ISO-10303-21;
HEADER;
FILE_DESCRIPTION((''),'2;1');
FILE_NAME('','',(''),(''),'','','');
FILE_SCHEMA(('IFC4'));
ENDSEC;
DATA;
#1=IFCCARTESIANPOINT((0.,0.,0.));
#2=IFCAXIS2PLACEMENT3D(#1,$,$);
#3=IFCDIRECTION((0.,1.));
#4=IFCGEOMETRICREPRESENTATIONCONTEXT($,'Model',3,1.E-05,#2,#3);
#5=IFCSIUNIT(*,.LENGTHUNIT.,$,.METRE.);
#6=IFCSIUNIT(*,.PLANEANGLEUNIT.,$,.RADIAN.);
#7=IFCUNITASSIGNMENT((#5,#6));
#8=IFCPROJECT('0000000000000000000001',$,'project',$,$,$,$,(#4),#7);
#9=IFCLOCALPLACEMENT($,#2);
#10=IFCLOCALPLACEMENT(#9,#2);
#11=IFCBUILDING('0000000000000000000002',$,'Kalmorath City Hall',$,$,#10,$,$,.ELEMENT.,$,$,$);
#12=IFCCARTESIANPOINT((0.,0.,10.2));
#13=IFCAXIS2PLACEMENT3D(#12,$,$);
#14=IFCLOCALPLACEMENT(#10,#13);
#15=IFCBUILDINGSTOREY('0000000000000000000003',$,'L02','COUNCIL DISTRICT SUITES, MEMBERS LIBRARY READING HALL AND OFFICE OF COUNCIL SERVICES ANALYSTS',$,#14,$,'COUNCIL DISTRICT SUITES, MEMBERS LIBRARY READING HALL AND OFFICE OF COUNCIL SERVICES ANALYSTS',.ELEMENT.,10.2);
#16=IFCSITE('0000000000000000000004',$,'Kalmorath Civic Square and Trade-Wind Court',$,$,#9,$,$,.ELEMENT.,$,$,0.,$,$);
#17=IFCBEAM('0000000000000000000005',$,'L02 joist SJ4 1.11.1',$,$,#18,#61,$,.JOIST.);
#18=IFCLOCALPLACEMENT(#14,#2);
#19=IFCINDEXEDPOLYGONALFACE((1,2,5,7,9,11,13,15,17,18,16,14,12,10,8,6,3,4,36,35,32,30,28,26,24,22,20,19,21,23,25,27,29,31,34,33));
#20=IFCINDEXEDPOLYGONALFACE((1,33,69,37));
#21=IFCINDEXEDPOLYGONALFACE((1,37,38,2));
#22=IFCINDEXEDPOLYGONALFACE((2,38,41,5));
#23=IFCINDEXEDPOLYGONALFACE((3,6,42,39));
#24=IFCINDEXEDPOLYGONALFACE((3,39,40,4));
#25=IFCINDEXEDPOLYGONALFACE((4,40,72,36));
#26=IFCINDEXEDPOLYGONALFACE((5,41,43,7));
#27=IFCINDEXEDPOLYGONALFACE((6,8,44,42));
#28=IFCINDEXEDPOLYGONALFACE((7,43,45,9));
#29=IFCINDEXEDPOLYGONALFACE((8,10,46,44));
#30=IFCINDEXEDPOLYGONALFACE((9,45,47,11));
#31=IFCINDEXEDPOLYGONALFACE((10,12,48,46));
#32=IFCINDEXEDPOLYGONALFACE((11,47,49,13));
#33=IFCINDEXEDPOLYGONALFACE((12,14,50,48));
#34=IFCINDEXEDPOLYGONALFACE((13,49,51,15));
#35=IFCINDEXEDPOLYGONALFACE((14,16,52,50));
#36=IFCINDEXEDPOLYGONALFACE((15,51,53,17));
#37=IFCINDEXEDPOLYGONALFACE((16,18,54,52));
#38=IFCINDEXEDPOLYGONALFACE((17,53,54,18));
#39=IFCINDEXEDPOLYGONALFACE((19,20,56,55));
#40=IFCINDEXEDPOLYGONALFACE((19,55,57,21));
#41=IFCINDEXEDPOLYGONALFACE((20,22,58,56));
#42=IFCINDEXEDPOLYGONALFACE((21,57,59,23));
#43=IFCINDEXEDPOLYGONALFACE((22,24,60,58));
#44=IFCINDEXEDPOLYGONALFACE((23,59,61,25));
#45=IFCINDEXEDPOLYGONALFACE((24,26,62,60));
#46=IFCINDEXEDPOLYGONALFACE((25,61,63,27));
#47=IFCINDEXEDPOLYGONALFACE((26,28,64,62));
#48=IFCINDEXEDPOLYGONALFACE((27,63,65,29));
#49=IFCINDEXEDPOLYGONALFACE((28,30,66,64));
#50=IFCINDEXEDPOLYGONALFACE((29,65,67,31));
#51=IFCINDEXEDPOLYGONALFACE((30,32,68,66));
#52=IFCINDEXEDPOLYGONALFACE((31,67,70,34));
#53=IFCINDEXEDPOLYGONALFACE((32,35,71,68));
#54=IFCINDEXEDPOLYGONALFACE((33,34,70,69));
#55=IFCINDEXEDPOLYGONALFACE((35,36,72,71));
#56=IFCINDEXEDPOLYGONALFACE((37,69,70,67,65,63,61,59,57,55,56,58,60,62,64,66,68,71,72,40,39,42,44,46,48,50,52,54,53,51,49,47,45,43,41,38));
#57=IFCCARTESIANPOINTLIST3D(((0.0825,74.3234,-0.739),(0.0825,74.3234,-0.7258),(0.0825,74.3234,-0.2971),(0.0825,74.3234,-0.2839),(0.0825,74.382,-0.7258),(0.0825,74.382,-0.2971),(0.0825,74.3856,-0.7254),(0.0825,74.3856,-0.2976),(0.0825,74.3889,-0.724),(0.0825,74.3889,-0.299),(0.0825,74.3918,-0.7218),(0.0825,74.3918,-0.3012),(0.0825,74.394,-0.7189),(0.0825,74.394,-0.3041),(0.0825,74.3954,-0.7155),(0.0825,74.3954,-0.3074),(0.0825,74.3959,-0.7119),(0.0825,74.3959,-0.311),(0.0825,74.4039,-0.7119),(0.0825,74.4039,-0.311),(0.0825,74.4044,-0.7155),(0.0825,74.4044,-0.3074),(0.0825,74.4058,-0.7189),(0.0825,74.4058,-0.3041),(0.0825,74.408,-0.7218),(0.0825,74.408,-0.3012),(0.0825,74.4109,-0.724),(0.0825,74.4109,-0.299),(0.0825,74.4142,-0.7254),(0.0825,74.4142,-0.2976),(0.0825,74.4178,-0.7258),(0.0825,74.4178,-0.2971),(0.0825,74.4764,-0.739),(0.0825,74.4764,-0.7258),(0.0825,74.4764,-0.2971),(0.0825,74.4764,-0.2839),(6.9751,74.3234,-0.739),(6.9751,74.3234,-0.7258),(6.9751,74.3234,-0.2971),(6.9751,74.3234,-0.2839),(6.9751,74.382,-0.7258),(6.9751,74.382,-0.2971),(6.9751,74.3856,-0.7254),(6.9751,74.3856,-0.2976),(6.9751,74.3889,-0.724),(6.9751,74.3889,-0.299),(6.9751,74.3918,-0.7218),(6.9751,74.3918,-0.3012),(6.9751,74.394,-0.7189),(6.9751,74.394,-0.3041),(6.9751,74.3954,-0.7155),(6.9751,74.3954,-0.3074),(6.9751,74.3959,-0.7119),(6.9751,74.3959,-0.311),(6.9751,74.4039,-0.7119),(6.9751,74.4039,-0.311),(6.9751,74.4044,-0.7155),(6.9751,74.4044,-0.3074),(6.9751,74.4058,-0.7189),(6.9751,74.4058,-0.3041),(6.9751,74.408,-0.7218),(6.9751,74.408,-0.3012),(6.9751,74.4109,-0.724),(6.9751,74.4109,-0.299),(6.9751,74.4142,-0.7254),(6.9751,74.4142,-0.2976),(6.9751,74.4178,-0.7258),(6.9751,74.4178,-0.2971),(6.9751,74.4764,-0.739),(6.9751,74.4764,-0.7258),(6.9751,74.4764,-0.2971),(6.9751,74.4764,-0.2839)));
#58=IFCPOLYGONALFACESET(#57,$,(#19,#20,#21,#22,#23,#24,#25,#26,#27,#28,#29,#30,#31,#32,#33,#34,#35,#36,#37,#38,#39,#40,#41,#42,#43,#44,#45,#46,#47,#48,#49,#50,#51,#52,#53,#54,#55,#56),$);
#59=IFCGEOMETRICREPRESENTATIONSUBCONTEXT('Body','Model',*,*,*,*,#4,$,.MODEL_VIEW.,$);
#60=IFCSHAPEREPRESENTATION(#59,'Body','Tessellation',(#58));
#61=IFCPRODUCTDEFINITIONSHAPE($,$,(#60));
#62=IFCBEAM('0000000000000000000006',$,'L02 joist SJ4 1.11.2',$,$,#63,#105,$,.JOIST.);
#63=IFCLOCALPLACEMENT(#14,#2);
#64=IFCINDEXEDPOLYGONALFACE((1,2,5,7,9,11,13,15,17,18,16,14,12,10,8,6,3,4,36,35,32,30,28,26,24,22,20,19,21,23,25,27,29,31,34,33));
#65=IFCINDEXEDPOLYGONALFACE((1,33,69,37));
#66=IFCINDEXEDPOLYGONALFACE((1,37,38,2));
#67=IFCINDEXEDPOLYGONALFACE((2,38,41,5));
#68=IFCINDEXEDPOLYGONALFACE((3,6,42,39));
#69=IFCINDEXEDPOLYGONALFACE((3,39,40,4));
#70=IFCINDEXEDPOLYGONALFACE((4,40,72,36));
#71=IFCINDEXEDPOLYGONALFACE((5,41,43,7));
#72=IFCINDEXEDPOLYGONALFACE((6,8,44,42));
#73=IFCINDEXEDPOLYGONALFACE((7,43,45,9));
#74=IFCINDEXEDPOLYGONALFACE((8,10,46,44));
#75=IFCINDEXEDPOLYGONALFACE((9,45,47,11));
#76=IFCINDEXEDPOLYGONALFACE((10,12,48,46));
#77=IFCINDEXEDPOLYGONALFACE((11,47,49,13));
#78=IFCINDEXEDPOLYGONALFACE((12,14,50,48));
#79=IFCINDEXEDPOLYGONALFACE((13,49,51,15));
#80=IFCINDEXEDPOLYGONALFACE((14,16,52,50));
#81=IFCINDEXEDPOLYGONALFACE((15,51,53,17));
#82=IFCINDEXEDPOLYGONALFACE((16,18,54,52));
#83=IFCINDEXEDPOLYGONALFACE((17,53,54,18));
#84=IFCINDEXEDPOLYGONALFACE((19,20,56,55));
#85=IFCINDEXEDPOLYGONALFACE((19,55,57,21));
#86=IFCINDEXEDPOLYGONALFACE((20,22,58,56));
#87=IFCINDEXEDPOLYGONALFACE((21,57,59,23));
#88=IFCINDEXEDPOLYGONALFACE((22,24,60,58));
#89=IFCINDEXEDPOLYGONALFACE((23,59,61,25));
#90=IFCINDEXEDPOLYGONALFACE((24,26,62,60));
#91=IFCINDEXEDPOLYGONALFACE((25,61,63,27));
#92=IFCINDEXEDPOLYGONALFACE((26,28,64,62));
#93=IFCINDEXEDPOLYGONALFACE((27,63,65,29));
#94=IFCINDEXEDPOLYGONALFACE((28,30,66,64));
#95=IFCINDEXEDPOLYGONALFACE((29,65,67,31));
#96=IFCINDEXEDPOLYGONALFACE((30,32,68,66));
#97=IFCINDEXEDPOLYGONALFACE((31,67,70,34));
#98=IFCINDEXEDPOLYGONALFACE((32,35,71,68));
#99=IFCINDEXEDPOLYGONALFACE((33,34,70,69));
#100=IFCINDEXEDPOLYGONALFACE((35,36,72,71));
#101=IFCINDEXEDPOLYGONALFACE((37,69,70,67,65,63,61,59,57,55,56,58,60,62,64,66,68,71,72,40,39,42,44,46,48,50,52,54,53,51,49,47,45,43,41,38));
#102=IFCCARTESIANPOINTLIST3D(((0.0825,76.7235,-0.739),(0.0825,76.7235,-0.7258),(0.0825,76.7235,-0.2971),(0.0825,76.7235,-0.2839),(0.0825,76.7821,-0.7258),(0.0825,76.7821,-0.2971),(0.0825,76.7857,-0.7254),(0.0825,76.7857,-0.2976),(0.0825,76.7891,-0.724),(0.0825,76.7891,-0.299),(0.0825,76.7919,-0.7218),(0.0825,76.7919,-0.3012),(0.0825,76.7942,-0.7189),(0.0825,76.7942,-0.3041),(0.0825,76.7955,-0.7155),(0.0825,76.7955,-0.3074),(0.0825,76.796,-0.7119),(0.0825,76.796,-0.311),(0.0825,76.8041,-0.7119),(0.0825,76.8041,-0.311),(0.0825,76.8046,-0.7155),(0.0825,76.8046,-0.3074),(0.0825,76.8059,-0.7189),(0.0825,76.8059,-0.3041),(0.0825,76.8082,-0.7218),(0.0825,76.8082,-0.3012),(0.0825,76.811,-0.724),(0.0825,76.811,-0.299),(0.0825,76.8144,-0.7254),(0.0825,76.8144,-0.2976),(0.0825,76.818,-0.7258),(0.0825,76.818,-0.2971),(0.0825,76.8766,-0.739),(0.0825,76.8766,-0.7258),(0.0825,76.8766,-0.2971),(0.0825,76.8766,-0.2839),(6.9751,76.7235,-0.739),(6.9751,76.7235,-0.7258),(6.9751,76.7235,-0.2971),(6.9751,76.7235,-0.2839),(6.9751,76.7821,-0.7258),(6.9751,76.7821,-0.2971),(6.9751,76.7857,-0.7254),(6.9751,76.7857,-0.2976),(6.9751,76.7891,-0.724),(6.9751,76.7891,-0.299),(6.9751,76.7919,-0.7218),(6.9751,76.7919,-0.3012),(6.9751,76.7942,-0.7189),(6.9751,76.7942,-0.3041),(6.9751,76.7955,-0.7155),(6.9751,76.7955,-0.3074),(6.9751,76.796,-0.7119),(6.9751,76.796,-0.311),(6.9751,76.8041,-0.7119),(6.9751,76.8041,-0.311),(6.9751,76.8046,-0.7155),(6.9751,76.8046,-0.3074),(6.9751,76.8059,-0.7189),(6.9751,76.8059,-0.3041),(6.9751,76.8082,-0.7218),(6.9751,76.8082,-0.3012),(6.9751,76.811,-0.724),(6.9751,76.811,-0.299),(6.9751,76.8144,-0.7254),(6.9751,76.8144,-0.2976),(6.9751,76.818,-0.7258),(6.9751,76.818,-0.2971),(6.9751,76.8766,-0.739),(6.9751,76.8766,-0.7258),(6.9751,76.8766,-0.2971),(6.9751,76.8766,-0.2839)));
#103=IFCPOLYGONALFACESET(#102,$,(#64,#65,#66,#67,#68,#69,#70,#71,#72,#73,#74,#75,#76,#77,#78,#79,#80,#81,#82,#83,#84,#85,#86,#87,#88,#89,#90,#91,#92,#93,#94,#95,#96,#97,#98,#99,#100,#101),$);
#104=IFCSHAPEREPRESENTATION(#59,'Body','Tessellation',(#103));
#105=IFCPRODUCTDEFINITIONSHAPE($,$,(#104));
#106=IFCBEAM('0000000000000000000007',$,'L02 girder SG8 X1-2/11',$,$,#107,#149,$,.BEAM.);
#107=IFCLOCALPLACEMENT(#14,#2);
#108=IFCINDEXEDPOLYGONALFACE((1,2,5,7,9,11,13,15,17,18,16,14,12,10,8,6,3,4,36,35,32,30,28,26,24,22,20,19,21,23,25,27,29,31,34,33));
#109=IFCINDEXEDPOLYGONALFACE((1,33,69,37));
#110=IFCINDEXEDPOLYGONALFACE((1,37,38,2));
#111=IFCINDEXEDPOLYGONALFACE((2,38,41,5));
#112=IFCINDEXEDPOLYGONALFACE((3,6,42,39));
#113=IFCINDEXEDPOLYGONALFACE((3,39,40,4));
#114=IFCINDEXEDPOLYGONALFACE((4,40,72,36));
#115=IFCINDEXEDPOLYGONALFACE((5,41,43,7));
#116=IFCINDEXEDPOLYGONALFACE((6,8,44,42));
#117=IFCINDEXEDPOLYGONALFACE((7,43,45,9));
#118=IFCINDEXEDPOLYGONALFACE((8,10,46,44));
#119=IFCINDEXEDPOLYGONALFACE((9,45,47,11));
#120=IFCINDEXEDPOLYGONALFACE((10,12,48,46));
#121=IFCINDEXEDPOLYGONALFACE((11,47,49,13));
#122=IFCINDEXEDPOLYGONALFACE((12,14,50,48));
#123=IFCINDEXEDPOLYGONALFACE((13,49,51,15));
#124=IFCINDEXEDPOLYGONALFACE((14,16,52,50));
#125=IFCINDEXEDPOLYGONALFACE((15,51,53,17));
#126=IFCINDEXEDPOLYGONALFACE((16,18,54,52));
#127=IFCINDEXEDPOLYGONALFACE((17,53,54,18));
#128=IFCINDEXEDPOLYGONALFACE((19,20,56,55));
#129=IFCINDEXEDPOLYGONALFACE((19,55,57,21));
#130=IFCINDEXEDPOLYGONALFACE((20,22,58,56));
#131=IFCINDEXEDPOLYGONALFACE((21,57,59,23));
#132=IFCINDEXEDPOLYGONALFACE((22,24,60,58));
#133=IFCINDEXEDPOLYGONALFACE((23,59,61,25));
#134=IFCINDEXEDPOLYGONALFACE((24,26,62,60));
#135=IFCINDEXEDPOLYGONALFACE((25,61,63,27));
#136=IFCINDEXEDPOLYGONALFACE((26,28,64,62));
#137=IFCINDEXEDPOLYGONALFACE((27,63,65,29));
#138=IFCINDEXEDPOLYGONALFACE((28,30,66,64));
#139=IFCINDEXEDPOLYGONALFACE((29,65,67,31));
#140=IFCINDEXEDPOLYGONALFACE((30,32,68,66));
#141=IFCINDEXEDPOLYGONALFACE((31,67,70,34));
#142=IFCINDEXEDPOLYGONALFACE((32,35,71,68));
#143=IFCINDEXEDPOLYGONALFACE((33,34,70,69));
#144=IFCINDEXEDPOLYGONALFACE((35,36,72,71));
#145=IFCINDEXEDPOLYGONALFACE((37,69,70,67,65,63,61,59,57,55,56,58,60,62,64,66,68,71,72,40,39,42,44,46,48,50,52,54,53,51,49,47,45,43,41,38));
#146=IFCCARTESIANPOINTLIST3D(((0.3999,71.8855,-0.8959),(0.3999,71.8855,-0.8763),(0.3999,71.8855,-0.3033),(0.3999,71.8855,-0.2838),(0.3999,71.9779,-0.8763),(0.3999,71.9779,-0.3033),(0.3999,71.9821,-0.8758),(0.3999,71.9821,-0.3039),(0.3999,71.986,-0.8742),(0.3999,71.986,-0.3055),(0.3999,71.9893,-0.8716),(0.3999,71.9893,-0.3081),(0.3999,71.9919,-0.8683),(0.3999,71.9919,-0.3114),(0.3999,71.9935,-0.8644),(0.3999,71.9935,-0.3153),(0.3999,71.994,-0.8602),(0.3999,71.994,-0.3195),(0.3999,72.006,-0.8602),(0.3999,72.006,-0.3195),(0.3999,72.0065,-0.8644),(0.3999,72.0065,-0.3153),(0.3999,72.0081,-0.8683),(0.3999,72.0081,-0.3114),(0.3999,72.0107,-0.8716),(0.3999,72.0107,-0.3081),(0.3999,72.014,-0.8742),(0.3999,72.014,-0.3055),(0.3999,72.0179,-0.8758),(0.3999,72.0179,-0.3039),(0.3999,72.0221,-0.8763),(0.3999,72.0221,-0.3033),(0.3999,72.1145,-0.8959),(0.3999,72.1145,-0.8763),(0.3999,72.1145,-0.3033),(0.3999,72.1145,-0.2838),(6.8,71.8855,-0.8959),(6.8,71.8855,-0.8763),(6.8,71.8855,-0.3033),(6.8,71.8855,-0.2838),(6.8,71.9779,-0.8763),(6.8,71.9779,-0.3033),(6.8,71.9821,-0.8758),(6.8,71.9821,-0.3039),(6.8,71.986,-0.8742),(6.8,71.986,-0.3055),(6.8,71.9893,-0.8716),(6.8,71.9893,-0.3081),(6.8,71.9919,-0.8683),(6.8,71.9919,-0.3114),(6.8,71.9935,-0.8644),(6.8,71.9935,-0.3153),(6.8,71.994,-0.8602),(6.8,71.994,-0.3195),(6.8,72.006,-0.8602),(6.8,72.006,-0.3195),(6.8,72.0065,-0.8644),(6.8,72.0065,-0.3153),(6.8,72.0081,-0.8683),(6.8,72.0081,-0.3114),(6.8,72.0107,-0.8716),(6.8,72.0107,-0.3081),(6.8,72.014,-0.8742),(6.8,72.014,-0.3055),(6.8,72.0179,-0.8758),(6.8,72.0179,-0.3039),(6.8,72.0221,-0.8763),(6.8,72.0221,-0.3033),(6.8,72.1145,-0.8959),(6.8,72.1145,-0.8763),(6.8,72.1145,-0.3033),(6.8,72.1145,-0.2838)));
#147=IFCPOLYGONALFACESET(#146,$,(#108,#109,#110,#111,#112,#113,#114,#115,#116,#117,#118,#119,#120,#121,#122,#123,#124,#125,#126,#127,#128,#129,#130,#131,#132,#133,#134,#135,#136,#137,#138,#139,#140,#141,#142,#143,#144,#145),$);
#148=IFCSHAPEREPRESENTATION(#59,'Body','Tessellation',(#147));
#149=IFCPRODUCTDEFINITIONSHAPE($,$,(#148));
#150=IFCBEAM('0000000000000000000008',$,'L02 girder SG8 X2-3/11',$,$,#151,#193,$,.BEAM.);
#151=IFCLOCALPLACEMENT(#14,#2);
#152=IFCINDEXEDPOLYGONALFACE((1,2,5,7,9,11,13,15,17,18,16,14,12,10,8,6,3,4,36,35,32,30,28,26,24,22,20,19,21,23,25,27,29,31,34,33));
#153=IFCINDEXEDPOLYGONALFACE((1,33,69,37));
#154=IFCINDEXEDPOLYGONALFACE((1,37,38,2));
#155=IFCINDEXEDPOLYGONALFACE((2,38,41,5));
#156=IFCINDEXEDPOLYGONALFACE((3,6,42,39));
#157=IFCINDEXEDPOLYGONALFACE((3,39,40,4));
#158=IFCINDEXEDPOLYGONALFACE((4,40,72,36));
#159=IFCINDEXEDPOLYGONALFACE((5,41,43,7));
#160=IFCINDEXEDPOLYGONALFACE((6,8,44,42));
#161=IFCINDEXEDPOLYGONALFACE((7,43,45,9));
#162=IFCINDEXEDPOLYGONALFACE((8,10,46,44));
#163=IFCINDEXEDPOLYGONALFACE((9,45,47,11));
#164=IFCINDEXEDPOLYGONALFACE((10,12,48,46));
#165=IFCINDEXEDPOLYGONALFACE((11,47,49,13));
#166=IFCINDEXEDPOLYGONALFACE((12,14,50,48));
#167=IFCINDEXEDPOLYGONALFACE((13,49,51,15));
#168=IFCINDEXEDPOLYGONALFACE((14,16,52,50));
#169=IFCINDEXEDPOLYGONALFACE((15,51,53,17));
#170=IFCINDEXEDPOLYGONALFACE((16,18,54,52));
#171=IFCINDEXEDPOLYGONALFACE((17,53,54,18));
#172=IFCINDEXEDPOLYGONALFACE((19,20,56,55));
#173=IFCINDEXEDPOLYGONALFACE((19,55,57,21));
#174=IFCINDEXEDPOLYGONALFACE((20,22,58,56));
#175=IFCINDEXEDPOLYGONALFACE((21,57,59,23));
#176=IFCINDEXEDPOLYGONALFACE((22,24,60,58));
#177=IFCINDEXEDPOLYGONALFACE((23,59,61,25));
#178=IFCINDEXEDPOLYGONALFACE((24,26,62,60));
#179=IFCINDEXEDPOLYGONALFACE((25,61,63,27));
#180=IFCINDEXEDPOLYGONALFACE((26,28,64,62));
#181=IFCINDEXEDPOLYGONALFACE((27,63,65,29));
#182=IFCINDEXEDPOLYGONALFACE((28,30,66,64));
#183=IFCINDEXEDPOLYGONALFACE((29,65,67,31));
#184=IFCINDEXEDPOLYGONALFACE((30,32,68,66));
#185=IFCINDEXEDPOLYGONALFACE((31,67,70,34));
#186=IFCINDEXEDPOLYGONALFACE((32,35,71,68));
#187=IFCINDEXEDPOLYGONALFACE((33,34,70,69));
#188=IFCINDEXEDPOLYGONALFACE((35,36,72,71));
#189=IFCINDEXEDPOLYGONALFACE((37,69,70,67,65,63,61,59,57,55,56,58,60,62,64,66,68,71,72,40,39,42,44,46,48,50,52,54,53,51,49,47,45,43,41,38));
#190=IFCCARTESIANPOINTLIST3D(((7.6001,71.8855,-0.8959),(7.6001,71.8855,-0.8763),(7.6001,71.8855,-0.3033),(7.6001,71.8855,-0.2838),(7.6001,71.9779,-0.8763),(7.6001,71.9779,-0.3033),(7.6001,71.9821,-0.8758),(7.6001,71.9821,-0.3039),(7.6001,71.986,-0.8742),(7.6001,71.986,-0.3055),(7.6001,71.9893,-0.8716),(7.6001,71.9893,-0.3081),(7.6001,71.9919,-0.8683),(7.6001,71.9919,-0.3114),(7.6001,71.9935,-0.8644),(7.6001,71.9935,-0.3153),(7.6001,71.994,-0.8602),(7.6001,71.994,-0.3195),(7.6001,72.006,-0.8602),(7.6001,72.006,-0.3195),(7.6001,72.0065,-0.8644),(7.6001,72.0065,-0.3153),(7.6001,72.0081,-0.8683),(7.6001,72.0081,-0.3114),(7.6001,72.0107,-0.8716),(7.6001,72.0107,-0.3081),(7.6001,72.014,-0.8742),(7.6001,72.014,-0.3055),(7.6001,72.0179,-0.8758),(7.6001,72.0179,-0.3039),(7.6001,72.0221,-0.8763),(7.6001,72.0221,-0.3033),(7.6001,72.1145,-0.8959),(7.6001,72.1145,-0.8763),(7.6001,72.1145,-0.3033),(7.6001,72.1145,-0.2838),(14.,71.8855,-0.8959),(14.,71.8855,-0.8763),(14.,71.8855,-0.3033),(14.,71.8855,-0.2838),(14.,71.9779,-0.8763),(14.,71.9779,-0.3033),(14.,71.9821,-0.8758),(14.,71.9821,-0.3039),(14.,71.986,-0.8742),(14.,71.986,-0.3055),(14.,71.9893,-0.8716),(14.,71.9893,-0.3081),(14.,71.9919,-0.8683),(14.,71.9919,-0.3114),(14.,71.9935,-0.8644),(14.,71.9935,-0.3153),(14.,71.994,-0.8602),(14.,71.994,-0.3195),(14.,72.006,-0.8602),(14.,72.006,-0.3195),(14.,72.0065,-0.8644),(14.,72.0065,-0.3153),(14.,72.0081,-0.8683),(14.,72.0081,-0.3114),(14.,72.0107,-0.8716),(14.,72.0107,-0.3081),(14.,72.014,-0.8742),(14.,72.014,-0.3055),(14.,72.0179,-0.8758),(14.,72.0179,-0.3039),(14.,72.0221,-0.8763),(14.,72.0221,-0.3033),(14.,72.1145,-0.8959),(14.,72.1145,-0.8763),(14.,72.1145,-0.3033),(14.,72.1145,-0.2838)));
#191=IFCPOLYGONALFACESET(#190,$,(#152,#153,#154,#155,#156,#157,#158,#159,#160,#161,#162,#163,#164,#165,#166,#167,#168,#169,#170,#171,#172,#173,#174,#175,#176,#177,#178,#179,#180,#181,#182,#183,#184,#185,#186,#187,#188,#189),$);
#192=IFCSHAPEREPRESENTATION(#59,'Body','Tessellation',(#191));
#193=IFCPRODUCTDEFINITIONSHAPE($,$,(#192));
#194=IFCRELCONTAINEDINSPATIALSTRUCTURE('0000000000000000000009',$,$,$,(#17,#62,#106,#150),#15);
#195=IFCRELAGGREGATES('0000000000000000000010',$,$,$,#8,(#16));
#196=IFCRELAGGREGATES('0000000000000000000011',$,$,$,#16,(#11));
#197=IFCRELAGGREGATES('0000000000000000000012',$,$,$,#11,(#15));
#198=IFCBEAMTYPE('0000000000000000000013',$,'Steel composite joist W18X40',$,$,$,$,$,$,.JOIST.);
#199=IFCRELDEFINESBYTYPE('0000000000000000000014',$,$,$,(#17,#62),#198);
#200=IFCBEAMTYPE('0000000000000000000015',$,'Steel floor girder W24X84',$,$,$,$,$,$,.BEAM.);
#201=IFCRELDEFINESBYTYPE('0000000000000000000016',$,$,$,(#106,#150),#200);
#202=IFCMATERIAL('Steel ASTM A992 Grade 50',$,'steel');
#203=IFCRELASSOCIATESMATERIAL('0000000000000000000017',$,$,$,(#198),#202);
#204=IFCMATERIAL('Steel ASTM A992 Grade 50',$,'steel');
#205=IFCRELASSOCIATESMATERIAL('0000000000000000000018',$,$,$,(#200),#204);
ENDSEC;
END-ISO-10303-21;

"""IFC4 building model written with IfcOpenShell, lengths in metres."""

from ifc_helpers import new_model, si_unit, direction, frame, origin, origin_2d, place, context, subcontext, project, spatial, i_section, extrude, material, material_profile, profile_set, type_object, element, save


model = new_model("IFC4")

# Units and contexts
model_context = context("Model", 3, precision=1e-05, world=origin(), true_north=direction((0.0, 1.0)))
body_context = subcontext(model_context, "Body", "Model", "MODEL_VIEW")
ifc_project = project(units=[si_unit("LENGTHUNIT", "METRE"), si_unit("PLANEANGLEUNIT", "RADIAN")], contexts=[model_context])

# Site, building, storey
site_placement = place(None, origin())
site = spatial("IfcSite", under=ifc_project, at=site_placement, Name="Kalmorath Civic Square and Trade-Wind Court", CompositionType="ELEMENT", RefElevation=0.0)
building_placement = place(site_placement, origin())
building = spatial("IfcBuilding", under=site, at=building_placement, Name="Kalmorath City Hall", CompositionType="ELEMENT")
storey_placement = place(building_placement, frame((0.0, 0.0, 10.2)))
storey = spatial("IfcBuildingStorey", under=building, at=storey_placement, Name="L02", Description="COUNCIL DISTRICT SUITES, MEMBERS LIBRARY READING HALL AND OFFICE OF COUNCIL SERVICES ANALYSTS", LongName="COUNCIL DISTRICT SUITES, MEMBERS LIBRARY READING HALL AND OFFICE OF COUNCIL SERVICES ANALYSTS", CompositionType="ELEMENT", Elevation=10.2)

# Beams
ifc_material_1 = material(Name="Steel ASTM A992 Grade 50", Category="steel")
ifc_material_profile_1 = material_profile(ifc_material_1, i_section(OverallWidth=0.1531, OverallDepth=0.4551, WebThickness=0.0081, FlangeThickness=0.0132, FilletRadius=0.0139, at=origin_2d()), Name="W18X40")
ifc_profile_set_1 = profile_set([ifc_material_profile_1], Name="Steel ASTM A992 Grade 50")
beam_type_1 = type_object("IfcBeamType", Name="Steel composite joist W18X40", PredefinedType="JOIST", material=ifc_profile_set_1)
for number, where, z_axis, x_axis, name in (
    (1, (0.0825, 74.3999, -0.5115), (1.0, 0.0, 0.0), (0.0, 1.0, 0.0), "L02 joist SJ4 1.11.1"),
    (2, (0.0825, 76.8, -0.5115), (1.0, 0.0, 0.0), (0.0, 1.0, 0.0), "L02 joist SJ4 1.11.2"),
):
    element("IfcBeam", number, at=place(storey_placement, frame(where, z_axis=z_axis, x_axis=x_axis)), inside=storey, type_object=beam_type_1, Name=name, PredefinedType="JOIST", context=body_context, shape_type="SweptSolid", body=[
        extrude(i_section(OverallWidth=0.1531, OverallDepth=0.4551, WebThickness=0.0081, FlangeThickness=0.0132, FilletRadius=0.0139, at=origin_2d()), origin(), (0.0, 0.0, 1.0), 6.8926),
    ])
ifc_material_2 = material(Name="Steel ASTM A992 Grade 50", Category="steel")
ifc_material_profile_2 = material_profile(ifc_material_2, i_section(OverallWidth=0.229, OverallDepth=0.6121, WebThickness=0.012, FlangeThickness=0.0195, FilletRadius=0.0161, at=origin_2d()), Name="W24X84")
ifc_profile_set_2 = profile_set([ifc_material_profile_2], Name="Steel ASTM A992 Grade 50")
beam_type_2 = type_object("IfcBeamType", Name="Steel floor girder W24X84", PredefinedType="BEAM", material=ifc_profile_set_2)
beam_1_placement = place(storey_placement, frame((0.3999, 72.0, -0.5898), z_axis=(1.0, 0.0, 0.0), x_axis=(0.0, 1.0, 0.0)))
element("IfcBeam", 3, at=beam_1_placement, inside=storey, type_object=beam_type_2, Name="L02 girder SG8 X1-2/11", PredefinedType="BEAM", context=body_context, shape_type="SweptSolid", body=[
    extrude(i_section(OverallWidth=0.229, OverallDepth=0.6121, WebThickness=0.012, FlangeThickness=0.0195, FilletRadius=0.0161, at=origin_2d()), origin(), (0.0, 0.0, 1.0), 6.4001),
])
beam_2_placement = place(storey_placement, frame((7.6001, 72.0, -0.5898), z_axis=(1.0, 0.0, 0.0), x_axis=(0.0, 1.0, 0.0)))
element("IfcBeam", 4, at=beam_2_placement, inside=storey, type_object=beam_type_2, Name="L02 girder SG8 X2-3/11", PredefinedType="BEAM", context=body_context, shape_type="SweptSolid", body=[
    extrude(i_section(OverallWidth=0.229, OverallDepth=0.6121, WebThickness=0.012, FlangeThickness=0.0195, FilletRadius=0.0161, at=origin_2d()), origin(), (0.0, 0.0, 1.0), 6.3999),
])

save(model, "model.ifc")
